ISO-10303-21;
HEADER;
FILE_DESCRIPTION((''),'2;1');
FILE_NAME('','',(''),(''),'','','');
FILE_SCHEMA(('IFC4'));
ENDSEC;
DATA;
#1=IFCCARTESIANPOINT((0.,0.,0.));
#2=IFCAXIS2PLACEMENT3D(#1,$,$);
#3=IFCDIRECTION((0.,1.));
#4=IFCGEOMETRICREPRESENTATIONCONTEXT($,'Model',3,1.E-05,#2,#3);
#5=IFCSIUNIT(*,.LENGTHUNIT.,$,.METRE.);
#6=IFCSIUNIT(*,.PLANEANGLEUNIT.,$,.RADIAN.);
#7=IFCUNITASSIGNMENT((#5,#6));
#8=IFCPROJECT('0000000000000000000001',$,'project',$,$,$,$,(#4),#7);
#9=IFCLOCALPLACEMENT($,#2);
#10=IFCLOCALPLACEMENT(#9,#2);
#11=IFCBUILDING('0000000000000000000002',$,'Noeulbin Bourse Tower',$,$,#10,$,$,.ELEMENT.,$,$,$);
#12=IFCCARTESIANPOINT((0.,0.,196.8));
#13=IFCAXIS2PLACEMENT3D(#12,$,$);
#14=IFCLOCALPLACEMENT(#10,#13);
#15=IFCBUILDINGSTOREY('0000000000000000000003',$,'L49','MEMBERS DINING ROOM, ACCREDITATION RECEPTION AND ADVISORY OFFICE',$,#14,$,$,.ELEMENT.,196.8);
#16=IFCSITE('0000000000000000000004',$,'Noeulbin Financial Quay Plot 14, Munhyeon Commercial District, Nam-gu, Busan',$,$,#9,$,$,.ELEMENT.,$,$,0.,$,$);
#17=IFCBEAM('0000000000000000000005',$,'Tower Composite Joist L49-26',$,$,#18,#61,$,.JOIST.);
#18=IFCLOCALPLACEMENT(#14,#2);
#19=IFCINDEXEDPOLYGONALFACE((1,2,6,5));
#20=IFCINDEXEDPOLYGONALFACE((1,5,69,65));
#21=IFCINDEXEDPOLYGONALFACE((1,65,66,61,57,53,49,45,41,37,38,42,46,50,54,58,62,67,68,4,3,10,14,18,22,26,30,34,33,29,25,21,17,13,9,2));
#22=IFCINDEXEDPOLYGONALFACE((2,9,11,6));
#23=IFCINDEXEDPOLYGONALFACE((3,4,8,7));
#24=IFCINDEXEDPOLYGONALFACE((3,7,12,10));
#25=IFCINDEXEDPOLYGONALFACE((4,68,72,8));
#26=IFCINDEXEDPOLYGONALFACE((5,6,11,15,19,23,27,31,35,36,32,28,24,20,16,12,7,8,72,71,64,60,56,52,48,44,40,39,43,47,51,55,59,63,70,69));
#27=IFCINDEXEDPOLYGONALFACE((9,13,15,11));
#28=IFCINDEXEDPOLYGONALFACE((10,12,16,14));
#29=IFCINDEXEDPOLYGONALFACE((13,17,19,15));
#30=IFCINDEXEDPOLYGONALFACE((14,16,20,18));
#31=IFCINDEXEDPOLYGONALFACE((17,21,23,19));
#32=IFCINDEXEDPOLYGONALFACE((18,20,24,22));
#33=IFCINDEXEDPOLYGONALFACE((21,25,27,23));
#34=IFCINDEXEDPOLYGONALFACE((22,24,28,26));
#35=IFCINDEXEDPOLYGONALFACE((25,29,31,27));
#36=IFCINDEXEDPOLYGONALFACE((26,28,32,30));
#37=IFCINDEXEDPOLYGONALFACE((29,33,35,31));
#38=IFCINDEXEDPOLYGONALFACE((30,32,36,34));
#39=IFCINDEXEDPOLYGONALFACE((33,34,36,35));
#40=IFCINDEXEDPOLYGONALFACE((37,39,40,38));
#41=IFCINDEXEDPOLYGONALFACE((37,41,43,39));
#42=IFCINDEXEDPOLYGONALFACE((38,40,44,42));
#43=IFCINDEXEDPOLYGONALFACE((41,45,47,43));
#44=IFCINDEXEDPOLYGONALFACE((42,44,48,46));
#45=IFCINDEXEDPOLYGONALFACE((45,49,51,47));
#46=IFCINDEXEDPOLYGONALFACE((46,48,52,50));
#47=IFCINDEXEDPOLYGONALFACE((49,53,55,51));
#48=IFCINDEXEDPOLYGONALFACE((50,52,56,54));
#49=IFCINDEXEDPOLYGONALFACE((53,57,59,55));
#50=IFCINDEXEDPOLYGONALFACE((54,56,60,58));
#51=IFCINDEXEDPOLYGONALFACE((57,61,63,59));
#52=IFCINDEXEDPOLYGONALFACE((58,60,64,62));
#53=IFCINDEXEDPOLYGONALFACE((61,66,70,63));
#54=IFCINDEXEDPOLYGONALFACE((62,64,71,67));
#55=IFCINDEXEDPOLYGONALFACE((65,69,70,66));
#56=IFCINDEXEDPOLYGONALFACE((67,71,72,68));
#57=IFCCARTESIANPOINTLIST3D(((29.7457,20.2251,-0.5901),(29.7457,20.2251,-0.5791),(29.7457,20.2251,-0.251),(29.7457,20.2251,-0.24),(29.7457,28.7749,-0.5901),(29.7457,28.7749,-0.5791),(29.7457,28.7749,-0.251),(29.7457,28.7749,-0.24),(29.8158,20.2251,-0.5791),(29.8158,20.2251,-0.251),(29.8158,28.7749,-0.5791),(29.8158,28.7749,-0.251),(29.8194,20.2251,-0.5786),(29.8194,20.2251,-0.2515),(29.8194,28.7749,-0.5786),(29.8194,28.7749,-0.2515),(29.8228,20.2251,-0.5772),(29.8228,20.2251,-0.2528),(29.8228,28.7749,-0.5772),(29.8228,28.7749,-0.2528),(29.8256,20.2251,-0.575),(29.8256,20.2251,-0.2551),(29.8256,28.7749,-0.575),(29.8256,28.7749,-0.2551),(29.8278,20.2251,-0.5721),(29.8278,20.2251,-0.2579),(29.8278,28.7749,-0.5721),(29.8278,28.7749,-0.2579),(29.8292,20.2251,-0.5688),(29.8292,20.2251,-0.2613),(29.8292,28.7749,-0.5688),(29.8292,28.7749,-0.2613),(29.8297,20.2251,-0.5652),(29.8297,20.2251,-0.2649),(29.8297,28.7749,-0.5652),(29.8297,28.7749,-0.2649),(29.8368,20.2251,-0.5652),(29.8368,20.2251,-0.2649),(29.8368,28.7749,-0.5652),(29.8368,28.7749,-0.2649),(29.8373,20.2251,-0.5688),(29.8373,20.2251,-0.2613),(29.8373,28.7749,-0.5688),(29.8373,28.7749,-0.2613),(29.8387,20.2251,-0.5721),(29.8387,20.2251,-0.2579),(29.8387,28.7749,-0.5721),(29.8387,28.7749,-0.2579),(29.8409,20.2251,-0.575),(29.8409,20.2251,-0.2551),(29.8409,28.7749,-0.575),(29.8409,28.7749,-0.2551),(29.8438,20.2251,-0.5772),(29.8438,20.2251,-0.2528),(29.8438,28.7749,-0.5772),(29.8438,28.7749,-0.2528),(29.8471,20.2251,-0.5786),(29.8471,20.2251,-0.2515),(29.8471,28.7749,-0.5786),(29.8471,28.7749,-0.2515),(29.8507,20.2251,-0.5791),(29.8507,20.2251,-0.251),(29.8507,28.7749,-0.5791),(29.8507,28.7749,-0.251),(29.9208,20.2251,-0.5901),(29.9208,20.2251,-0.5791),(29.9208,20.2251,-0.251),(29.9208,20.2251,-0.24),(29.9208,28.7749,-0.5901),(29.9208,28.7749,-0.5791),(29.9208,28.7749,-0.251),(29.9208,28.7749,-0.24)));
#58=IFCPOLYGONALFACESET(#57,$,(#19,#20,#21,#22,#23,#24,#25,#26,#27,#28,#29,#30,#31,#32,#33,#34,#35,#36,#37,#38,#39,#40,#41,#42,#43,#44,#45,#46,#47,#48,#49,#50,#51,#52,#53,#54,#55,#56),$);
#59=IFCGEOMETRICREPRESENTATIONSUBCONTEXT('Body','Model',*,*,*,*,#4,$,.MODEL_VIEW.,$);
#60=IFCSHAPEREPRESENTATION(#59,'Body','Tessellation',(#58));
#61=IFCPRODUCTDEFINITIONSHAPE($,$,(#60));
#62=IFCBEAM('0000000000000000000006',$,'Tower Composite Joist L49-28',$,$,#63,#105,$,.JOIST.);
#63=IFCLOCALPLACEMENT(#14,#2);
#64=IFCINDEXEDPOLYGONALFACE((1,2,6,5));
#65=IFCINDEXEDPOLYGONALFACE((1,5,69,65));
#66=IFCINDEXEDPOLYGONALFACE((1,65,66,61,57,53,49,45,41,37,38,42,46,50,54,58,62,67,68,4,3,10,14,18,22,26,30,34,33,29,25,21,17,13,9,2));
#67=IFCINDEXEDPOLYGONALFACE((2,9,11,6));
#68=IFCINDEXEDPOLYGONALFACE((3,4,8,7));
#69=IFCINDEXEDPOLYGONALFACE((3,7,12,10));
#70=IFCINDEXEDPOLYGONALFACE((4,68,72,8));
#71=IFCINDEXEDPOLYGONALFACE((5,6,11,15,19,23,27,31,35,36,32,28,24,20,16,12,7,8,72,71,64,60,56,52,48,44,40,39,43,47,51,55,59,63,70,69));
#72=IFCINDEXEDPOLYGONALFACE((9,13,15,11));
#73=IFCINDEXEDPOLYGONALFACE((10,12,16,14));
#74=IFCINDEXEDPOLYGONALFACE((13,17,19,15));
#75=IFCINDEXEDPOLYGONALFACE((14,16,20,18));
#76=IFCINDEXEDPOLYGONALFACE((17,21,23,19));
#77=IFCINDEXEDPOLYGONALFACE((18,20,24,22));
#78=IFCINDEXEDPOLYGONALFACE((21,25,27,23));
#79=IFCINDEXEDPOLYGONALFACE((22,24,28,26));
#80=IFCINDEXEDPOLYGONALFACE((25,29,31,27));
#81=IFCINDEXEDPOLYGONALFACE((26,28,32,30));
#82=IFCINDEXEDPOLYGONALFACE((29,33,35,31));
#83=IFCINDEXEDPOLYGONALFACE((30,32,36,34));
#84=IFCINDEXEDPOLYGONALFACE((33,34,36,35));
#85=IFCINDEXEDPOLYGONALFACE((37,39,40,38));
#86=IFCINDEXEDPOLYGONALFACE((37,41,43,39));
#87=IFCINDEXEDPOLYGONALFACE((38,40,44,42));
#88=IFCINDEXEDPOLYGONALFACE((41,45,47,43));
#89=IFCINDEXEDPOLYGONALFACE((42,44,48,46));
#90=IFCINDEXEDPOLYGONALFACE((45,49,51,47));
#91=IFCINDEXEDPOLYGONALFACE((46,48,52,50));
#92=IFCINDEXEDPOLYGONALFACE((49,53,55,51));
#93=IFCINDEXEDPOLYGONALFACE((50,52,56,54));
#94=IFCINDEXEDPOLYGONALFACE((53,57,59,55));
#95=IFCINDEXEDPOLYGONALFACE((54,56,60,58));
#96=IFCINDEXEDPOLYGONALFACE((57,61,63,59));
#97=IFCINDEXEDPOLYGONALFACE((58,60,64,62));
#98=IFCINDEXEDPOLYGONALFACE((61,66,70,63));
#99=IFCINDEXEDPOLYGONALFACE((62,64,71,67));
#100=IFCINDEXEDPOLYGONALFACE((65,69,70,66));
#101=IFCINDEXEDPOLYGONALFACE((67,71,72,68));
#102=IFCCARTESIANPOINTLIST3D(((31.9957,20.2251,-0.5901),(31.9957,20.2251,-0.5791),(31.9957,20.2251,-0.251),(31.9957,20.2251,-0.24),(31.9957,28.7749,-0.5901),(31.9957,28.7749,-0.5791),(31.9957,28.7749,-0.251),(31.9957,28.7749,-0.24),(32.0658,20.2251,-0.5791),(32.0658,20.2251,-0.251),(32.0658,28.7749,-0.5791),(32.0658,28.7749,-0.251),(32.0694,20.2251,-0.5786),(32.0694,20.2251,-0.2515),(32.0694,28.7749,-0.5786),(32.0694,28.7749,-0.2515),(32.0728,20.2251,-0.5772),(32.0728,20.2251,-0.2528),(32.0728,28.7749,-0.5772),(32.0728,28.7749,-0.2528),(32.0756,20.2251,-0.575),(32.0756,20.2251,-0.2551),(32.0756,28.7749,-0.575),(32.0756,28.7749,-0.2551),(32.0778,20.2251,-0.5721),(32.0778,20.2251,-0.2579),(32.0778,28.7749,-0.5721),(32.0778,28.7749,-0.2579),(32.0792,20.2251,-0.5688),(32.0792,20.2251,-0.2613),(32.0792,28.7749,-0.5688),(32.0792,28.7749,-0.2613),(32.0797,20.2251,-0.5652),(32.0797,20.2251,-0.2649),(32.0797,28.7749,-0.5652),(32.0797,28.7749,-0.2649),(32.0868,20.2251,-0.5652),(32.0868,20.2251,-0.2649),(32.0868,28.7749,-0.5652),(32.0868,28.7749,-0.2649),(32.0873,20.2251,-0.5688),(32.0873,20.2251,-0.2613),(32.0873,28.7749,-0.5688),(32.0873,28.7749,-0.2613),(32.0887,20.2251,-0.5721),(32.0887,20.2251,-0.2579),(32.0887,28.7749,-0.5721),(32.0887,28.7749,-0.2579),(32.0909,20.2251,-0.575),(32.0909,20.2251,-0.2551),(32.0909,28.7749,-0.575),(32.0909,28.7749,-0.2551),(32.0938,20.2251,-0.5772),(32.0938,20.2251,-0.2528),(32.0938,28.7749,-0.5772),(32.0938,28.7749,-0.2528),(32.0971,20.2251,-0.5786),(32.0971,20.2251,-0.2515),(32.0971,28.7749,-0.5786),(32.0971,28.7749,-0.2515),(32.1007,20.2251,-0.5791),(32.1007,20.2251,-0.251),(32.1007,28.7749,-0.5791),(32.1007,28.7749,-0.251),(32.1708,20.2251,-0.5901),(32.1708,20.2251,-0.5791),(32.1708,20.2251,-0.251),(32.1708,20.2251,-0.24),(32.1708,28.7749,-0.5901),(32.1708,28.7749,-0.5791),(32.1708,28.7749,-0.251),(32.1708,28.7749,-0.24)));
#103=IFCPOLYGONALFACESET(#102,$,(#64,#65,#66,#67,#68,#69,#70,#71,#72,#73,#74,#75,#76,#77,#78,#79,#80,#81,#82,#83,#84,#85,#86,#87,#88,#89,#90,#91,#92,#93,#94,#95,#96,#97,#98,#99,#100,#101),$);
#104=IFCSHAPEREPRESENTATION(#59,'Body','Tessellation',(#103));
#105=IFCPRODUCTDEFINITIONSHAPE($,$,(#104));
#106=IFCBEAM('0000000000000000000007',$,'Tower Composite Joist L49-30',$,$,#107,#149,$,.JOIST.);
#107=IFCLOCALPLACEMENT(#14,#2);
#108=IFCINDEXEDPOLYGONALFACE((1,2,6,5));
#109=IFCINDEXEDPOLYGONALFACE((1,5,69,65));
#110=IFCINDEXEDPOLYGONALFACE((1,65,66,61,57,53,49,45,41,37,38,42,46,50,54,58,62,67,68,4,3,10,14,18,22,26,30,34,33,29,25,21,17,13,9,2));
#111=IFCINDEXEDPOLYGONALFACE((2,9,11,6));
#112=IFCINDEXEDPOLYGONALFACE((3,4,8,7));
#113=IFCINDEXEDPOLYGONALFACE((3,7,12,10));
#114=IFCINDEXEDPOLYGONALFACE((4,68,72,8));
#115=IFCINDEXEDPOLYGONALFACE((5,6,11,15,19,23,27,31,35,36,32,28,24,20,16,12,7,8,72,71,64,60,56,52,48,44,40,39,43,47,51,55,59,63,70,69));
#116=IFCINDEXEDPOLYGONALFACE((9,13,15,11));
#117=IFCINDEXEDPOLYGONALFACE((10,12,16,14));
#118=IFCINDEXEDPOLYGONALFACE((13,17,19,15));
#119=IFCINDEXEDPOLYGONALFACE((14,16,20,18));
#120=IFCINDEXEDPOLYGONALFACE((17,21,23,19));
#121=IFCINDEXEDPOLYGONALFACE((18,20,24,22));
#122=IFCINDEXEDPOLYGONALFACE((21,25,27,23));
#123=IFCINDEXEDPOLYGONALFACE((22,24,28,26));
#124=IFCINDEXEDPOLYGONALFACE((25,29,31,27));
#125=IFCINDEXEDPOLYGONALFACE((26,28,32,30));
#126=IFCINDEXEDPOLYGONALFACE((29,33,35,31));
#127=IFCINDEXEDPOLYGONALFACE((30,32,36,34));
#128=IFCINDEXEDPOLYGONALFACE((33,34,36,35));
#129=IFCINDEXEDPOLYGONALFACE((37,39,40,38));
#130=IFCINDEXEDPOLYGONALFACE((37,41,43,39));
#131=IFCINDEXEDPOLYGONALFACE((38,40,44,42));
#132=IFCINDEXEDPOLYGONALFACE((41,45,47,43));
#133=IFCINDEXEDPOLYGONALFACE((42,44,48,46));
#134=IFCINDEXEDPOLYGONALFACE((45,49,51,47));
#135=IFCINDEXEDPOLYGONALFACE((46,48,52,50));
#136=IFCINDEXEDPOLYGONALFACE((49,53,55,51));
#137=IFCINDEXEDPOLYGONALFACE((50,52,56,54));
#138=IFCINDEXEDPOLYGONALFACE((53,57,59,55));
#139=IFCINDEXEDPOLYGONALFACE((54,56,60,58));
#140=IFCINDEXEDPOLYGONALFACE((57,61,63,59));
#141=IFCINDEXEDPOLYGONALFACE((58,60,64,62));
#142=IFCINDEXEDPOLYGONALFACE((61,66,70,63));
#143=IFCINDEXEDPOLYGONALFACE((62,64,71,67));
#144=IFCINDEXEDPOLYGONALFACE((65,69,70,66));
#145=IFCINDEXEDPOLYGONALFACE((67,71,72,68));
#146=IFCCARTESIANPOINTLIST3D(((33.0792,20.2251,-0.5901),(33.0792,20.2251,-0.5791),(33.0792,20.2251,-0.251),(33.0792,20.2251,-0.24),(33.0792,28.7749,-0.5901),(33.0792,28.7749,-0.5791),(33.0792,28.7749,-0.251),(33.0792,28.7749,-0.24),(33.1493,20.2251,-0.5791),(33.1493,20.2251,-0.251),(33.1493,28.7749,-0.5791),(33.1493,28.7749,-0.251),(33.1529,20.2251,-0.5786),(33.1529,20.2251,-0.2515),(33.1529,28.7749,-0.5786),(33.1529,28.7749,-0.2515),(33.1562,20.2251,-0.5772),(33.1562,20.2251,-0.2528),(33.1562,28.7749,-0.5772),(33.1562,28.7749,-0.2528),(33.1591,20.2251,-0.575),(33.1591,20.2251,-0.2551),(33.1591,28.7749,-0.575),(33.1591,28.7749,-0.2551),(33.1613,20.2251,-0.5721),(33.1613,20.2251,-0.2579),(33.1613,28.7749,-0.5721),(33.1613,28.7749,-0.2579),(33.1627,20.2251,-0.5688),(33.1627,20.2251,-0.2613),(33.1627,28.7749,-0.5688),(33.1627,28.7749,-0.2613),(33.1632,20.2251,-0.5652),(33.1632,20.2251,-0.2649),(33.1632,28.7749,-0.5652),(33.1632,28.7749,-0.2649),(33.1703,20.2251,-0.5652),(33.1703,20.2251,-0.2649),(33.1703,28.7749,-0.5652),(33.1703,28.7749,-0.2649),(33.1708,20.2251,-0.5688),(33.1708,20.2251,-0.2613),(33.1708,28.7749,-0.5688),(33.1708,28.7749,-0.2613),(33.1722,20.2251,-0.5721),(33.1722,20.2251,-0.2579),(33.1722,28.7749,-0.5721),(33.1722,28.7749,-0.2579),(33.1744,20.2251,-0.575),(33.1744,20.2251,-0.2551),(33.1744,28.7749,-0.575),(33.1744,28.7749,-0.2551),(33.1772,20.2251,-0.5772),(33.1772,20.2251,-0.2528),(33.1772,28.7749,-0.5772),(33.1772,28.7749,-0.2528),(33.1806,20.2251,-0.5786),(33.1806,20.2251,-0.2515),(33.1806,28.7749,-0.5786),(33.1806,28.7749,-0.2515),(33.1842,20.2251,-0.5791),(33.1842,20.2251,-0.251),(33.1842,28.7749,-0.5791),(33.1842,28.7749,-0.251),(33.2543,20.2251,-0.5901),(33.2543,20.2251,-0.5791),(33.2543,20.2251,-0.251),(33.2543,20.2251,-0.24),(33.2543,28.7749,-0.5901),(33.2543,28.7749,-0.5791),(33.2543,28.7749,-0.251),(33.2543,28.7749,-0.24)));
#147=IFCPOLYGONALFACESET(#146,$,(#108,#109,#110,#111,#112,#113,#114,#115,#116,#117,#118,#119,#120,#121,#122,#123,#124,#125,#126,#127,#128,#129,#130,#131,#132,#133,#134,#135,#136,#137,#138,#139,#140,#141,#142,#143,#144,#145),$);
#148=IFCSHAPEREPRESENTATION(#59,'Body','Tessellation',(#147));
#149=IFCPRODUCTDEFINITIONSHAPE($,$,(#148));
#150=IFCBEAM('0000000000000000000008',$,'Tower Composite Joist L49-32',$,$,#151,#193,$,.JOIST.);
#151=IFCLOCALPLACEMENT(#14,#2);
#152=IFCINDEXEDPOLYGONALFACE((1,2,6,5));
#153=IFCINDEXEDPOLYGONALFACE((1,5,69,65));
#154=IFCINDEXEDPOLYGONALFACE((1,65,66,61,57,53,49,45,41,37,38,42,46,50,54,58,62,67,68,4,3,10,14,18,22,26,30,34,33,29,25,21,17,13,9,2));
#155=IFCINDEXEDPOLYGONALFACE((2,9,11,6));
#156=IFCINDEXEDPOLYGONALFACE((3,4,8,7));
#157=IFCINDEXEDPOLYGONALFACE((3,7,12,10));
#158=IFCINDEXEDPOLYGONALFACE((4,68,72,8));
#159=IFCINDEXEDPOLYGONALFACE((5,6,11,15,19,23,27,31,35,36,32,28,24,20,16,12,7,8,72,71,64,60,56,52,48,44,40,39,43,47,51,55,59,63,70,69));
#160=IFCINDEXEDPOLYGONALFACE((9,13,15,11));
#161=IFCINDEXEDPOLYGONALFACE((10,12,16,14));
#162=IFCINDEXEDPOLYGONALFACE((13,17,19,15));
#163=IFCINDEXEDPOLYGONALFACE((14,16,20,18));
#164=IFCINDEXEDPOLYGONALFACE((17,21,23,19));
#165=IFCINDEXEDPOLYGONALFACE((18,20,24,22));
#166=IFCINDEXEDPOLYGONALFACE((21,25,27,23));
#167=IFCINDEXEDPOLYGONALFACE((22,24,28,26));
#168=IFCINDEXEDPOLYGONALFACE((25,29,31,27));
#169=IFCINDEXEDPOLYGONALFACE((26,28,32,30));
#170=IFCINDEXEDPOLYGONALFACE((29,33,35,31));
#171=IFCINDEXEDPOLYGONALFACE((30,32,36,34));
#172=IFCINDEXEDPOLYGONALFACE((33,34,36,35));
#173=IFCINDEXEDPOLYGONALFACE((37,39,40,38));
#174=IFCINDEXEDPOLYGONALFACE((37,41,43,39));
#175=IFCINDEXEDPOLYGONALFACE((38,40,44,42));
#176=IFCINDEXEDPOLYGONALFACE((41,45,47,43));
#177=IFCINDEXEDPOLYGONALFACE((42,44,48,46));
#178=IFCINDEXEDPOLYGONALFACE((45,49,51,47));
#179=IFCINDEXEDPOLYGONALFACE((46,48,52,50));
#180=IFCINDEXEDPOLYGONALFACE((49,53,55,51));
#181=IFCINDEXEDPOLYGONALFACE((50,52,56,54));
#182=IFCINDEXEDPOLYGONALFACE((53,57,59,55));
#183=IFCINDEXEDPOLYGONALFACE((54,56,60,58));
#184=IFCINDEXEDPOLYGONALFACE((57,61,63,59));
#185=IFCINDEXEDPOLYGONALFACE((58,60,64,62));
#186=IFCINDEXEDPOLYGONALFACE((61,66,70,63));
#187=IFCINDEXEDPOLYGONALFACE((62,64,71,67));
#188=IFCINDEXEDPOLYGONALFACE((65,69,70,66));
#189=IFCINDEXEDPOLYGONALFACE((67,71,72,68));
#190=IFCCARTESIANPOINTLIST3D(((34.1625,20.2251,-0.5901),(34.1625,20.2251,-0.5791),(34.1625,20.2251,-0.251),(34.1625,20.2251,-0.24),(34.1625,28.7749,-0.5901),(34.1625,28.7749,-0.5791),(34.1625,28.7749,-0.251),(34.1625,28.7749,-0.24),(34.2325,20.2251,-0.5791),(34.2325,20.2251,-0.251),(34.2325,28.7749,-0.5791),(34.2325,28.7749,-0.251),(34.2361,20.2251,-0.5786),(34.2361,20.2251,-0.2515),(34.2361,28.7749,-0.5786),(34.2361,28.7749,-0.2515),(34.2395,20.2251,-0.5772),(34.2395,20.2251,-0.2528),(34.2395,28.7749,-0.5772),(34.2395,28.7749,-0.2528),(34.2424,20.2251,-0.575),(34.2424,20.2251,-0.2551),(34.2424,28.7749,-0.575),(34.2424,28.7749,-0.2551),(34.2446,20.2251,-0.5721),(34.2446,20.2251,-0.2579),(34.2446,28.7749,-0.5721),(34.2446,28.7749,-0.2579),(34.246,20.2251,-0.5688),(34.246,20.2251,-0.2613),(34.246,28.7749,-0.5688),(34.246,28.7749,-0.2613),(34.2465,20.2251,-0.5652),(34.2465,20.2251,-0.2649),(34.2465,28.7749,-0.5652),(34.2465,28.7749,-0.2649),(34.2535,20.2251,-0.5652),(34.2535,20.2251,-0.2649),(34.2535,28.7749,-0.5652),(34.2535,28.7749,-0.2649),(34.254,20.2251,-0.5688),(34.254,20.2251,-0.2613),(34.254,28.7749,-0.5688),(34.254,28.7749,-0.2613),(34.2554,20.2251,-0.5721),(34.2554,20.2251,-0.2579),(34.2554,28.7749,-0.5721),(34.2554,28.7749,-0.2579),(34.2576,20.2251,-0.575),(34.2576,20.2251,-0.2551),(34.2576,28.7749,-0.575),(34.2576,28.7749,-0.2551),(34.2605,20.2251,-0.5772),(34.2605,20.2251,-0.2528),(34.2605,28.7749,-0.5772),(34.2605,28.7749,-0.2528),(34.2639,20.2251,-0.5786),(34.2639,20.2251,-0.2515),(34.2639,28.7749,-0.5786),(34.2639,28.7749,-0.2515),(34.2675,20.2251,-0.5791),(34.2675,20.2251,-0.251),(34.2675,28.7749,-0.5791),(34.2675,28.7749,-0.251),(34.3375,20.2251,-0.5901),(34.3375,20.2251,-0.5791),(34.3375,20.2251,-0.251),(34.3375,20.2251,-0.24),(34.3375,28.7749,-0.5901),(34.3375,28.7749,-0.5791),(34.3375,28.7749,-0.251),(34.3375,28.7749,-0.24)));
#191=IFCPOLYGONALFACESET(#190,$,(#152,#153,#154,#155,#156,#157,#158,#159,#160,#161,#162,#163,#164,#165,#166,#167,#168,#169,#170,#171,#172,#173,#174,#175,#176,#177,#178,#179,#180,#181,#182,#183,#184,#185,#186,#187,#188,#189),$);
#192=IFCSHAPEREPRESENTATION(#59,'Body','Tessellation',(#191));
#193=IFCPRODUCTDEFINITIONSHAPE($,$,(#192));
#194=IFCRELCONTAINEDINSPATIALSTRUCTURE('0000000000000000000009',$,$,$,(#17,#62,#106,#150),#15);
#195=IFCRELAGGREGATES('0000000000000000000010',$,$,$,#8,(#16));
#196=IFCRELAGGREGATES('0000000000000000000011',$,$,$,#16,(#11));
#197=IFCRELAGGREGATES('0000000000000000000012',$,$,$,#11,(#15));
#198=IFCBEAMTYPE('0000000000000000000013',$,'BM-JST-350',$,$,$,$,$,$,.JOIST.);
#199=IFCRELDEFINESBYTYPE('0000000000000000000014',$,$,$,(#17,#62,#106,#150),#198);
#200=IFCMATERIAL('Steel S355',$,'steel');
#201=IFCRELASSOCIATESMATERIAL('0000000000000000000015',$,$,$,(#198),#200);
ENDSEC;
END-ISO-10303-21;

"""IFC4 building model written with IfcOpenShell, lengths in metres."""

from ifc_helpers import new_model, si_unit, direction, frame, origin, origin_2d, place, context, subcontext, project, spatial, i_section, extrude, material, material_profile, profile_set, type_object, element, save


model = new_model("IFC4")

# Units and contexts
model_context = context("Model", 3, precision=1e-05, world=origin(), true_north=direction((0.0, 1.0)))
body_context = subcontext(model_context, "Body", "Model", "MODEL_VIEW")
ifc_project = project(units=[si_unit("LENGTHUNIT", "METRE"), si_unit("PLANEANGLEUNIT", "RADIAN")], contexts=[model_context])

# Site, building, storey
site_placement = place(None, origin())
site = spatial("IfcSite", under=ifc_project, at=site_placement, Name="Noeulbin Financial Quay Plot 14, Munhyeon Commercial District, Nam-gu, Busan", CompositionType="ELEMENT", RefElevation=0.0)
building_placement = place(site_placement, origin())
building = spatial("IfcBuilding", under=site, at=building_placement, Name="Noeulbin Bourse Tower", CompositionType="ELEMENT")
storey_placement = place(building_placement, frame((0.0, 0.0, 196.8)))
storey = spatial("IfcBuildingStorey", under=building, at=storey_placement, Name="L49", Description="MEMBERS DINING ROOM, ACCREDITATION RECEPTION AND ADVISORY OFFICE", CompositionType="ELEMENT", Elevation=196.8)

# Beams
ifc_material_1 = material(Name="Steel S355", Category="steel")
ifc_material_profile_1 = material_profile(ifc_material_1, i_section(OverallWidth=0.175, OverallDepth=0.3501, WebThickness=0.0071, FlangeThickness=0.011, FilletRadius=0.0139, at=origin_2d()), Name="H-350x175x7x11", Category="LoadBearing")
ifc_profile_set_1 = profile_set([ifc_material_profile_1], Name="Steel S355")
beam_type_1 = type_object("IfcBeamType", Name="BM-JST-350", PredefinedType="JOIST", material=ifc_profile_set_1)
for number, where, z_axis, x_axis, name in (
    (1, (29.8333, 20.2251, -0.415), (0.0, 1.0, 0.0), (-1.0, 0.0, 0.0), "Tower Composite Joist L49-26"),
    (2, (32.0833, 20.2251, -0.415), (0.0, 1.0, 0.0), (-1.0, 0.0, 0.0), "Tower Composite Joist L49-28"),
    (3, (33.1667, 20.2251, -0.415), (0.0, 1.0, 0.0), (-1.0, 0.0, 0.0), "Tower Composite Joist L49-30"),
    (4, (34.25, 20.2251, -0.415), (0.0, 1.0, 0.0), (-1.0, 0.0, 0.0), "Tower Composite Joist L49-32"),
):
    element("IfcBeam", number, at=place(storey_placement, frame(where, z_axis=z_axis, x_axis=x_axis)), inside=storey, type_object=beam_type_1, Name=name, PredefinedType="JOIST", context=body_context, shape_type="SweptSolid", body=[
        extrude(i_section(OverallWidth=0.175, OverallDepth=0.3501, WebThickness=0.0071, FlangeThickness=0.011, FilletRadius=0.0139, at=origin_2d()), origin(), (0.0, 0.0, 1.0), 8.5498),
    ])

save(model, "model.ifc")
